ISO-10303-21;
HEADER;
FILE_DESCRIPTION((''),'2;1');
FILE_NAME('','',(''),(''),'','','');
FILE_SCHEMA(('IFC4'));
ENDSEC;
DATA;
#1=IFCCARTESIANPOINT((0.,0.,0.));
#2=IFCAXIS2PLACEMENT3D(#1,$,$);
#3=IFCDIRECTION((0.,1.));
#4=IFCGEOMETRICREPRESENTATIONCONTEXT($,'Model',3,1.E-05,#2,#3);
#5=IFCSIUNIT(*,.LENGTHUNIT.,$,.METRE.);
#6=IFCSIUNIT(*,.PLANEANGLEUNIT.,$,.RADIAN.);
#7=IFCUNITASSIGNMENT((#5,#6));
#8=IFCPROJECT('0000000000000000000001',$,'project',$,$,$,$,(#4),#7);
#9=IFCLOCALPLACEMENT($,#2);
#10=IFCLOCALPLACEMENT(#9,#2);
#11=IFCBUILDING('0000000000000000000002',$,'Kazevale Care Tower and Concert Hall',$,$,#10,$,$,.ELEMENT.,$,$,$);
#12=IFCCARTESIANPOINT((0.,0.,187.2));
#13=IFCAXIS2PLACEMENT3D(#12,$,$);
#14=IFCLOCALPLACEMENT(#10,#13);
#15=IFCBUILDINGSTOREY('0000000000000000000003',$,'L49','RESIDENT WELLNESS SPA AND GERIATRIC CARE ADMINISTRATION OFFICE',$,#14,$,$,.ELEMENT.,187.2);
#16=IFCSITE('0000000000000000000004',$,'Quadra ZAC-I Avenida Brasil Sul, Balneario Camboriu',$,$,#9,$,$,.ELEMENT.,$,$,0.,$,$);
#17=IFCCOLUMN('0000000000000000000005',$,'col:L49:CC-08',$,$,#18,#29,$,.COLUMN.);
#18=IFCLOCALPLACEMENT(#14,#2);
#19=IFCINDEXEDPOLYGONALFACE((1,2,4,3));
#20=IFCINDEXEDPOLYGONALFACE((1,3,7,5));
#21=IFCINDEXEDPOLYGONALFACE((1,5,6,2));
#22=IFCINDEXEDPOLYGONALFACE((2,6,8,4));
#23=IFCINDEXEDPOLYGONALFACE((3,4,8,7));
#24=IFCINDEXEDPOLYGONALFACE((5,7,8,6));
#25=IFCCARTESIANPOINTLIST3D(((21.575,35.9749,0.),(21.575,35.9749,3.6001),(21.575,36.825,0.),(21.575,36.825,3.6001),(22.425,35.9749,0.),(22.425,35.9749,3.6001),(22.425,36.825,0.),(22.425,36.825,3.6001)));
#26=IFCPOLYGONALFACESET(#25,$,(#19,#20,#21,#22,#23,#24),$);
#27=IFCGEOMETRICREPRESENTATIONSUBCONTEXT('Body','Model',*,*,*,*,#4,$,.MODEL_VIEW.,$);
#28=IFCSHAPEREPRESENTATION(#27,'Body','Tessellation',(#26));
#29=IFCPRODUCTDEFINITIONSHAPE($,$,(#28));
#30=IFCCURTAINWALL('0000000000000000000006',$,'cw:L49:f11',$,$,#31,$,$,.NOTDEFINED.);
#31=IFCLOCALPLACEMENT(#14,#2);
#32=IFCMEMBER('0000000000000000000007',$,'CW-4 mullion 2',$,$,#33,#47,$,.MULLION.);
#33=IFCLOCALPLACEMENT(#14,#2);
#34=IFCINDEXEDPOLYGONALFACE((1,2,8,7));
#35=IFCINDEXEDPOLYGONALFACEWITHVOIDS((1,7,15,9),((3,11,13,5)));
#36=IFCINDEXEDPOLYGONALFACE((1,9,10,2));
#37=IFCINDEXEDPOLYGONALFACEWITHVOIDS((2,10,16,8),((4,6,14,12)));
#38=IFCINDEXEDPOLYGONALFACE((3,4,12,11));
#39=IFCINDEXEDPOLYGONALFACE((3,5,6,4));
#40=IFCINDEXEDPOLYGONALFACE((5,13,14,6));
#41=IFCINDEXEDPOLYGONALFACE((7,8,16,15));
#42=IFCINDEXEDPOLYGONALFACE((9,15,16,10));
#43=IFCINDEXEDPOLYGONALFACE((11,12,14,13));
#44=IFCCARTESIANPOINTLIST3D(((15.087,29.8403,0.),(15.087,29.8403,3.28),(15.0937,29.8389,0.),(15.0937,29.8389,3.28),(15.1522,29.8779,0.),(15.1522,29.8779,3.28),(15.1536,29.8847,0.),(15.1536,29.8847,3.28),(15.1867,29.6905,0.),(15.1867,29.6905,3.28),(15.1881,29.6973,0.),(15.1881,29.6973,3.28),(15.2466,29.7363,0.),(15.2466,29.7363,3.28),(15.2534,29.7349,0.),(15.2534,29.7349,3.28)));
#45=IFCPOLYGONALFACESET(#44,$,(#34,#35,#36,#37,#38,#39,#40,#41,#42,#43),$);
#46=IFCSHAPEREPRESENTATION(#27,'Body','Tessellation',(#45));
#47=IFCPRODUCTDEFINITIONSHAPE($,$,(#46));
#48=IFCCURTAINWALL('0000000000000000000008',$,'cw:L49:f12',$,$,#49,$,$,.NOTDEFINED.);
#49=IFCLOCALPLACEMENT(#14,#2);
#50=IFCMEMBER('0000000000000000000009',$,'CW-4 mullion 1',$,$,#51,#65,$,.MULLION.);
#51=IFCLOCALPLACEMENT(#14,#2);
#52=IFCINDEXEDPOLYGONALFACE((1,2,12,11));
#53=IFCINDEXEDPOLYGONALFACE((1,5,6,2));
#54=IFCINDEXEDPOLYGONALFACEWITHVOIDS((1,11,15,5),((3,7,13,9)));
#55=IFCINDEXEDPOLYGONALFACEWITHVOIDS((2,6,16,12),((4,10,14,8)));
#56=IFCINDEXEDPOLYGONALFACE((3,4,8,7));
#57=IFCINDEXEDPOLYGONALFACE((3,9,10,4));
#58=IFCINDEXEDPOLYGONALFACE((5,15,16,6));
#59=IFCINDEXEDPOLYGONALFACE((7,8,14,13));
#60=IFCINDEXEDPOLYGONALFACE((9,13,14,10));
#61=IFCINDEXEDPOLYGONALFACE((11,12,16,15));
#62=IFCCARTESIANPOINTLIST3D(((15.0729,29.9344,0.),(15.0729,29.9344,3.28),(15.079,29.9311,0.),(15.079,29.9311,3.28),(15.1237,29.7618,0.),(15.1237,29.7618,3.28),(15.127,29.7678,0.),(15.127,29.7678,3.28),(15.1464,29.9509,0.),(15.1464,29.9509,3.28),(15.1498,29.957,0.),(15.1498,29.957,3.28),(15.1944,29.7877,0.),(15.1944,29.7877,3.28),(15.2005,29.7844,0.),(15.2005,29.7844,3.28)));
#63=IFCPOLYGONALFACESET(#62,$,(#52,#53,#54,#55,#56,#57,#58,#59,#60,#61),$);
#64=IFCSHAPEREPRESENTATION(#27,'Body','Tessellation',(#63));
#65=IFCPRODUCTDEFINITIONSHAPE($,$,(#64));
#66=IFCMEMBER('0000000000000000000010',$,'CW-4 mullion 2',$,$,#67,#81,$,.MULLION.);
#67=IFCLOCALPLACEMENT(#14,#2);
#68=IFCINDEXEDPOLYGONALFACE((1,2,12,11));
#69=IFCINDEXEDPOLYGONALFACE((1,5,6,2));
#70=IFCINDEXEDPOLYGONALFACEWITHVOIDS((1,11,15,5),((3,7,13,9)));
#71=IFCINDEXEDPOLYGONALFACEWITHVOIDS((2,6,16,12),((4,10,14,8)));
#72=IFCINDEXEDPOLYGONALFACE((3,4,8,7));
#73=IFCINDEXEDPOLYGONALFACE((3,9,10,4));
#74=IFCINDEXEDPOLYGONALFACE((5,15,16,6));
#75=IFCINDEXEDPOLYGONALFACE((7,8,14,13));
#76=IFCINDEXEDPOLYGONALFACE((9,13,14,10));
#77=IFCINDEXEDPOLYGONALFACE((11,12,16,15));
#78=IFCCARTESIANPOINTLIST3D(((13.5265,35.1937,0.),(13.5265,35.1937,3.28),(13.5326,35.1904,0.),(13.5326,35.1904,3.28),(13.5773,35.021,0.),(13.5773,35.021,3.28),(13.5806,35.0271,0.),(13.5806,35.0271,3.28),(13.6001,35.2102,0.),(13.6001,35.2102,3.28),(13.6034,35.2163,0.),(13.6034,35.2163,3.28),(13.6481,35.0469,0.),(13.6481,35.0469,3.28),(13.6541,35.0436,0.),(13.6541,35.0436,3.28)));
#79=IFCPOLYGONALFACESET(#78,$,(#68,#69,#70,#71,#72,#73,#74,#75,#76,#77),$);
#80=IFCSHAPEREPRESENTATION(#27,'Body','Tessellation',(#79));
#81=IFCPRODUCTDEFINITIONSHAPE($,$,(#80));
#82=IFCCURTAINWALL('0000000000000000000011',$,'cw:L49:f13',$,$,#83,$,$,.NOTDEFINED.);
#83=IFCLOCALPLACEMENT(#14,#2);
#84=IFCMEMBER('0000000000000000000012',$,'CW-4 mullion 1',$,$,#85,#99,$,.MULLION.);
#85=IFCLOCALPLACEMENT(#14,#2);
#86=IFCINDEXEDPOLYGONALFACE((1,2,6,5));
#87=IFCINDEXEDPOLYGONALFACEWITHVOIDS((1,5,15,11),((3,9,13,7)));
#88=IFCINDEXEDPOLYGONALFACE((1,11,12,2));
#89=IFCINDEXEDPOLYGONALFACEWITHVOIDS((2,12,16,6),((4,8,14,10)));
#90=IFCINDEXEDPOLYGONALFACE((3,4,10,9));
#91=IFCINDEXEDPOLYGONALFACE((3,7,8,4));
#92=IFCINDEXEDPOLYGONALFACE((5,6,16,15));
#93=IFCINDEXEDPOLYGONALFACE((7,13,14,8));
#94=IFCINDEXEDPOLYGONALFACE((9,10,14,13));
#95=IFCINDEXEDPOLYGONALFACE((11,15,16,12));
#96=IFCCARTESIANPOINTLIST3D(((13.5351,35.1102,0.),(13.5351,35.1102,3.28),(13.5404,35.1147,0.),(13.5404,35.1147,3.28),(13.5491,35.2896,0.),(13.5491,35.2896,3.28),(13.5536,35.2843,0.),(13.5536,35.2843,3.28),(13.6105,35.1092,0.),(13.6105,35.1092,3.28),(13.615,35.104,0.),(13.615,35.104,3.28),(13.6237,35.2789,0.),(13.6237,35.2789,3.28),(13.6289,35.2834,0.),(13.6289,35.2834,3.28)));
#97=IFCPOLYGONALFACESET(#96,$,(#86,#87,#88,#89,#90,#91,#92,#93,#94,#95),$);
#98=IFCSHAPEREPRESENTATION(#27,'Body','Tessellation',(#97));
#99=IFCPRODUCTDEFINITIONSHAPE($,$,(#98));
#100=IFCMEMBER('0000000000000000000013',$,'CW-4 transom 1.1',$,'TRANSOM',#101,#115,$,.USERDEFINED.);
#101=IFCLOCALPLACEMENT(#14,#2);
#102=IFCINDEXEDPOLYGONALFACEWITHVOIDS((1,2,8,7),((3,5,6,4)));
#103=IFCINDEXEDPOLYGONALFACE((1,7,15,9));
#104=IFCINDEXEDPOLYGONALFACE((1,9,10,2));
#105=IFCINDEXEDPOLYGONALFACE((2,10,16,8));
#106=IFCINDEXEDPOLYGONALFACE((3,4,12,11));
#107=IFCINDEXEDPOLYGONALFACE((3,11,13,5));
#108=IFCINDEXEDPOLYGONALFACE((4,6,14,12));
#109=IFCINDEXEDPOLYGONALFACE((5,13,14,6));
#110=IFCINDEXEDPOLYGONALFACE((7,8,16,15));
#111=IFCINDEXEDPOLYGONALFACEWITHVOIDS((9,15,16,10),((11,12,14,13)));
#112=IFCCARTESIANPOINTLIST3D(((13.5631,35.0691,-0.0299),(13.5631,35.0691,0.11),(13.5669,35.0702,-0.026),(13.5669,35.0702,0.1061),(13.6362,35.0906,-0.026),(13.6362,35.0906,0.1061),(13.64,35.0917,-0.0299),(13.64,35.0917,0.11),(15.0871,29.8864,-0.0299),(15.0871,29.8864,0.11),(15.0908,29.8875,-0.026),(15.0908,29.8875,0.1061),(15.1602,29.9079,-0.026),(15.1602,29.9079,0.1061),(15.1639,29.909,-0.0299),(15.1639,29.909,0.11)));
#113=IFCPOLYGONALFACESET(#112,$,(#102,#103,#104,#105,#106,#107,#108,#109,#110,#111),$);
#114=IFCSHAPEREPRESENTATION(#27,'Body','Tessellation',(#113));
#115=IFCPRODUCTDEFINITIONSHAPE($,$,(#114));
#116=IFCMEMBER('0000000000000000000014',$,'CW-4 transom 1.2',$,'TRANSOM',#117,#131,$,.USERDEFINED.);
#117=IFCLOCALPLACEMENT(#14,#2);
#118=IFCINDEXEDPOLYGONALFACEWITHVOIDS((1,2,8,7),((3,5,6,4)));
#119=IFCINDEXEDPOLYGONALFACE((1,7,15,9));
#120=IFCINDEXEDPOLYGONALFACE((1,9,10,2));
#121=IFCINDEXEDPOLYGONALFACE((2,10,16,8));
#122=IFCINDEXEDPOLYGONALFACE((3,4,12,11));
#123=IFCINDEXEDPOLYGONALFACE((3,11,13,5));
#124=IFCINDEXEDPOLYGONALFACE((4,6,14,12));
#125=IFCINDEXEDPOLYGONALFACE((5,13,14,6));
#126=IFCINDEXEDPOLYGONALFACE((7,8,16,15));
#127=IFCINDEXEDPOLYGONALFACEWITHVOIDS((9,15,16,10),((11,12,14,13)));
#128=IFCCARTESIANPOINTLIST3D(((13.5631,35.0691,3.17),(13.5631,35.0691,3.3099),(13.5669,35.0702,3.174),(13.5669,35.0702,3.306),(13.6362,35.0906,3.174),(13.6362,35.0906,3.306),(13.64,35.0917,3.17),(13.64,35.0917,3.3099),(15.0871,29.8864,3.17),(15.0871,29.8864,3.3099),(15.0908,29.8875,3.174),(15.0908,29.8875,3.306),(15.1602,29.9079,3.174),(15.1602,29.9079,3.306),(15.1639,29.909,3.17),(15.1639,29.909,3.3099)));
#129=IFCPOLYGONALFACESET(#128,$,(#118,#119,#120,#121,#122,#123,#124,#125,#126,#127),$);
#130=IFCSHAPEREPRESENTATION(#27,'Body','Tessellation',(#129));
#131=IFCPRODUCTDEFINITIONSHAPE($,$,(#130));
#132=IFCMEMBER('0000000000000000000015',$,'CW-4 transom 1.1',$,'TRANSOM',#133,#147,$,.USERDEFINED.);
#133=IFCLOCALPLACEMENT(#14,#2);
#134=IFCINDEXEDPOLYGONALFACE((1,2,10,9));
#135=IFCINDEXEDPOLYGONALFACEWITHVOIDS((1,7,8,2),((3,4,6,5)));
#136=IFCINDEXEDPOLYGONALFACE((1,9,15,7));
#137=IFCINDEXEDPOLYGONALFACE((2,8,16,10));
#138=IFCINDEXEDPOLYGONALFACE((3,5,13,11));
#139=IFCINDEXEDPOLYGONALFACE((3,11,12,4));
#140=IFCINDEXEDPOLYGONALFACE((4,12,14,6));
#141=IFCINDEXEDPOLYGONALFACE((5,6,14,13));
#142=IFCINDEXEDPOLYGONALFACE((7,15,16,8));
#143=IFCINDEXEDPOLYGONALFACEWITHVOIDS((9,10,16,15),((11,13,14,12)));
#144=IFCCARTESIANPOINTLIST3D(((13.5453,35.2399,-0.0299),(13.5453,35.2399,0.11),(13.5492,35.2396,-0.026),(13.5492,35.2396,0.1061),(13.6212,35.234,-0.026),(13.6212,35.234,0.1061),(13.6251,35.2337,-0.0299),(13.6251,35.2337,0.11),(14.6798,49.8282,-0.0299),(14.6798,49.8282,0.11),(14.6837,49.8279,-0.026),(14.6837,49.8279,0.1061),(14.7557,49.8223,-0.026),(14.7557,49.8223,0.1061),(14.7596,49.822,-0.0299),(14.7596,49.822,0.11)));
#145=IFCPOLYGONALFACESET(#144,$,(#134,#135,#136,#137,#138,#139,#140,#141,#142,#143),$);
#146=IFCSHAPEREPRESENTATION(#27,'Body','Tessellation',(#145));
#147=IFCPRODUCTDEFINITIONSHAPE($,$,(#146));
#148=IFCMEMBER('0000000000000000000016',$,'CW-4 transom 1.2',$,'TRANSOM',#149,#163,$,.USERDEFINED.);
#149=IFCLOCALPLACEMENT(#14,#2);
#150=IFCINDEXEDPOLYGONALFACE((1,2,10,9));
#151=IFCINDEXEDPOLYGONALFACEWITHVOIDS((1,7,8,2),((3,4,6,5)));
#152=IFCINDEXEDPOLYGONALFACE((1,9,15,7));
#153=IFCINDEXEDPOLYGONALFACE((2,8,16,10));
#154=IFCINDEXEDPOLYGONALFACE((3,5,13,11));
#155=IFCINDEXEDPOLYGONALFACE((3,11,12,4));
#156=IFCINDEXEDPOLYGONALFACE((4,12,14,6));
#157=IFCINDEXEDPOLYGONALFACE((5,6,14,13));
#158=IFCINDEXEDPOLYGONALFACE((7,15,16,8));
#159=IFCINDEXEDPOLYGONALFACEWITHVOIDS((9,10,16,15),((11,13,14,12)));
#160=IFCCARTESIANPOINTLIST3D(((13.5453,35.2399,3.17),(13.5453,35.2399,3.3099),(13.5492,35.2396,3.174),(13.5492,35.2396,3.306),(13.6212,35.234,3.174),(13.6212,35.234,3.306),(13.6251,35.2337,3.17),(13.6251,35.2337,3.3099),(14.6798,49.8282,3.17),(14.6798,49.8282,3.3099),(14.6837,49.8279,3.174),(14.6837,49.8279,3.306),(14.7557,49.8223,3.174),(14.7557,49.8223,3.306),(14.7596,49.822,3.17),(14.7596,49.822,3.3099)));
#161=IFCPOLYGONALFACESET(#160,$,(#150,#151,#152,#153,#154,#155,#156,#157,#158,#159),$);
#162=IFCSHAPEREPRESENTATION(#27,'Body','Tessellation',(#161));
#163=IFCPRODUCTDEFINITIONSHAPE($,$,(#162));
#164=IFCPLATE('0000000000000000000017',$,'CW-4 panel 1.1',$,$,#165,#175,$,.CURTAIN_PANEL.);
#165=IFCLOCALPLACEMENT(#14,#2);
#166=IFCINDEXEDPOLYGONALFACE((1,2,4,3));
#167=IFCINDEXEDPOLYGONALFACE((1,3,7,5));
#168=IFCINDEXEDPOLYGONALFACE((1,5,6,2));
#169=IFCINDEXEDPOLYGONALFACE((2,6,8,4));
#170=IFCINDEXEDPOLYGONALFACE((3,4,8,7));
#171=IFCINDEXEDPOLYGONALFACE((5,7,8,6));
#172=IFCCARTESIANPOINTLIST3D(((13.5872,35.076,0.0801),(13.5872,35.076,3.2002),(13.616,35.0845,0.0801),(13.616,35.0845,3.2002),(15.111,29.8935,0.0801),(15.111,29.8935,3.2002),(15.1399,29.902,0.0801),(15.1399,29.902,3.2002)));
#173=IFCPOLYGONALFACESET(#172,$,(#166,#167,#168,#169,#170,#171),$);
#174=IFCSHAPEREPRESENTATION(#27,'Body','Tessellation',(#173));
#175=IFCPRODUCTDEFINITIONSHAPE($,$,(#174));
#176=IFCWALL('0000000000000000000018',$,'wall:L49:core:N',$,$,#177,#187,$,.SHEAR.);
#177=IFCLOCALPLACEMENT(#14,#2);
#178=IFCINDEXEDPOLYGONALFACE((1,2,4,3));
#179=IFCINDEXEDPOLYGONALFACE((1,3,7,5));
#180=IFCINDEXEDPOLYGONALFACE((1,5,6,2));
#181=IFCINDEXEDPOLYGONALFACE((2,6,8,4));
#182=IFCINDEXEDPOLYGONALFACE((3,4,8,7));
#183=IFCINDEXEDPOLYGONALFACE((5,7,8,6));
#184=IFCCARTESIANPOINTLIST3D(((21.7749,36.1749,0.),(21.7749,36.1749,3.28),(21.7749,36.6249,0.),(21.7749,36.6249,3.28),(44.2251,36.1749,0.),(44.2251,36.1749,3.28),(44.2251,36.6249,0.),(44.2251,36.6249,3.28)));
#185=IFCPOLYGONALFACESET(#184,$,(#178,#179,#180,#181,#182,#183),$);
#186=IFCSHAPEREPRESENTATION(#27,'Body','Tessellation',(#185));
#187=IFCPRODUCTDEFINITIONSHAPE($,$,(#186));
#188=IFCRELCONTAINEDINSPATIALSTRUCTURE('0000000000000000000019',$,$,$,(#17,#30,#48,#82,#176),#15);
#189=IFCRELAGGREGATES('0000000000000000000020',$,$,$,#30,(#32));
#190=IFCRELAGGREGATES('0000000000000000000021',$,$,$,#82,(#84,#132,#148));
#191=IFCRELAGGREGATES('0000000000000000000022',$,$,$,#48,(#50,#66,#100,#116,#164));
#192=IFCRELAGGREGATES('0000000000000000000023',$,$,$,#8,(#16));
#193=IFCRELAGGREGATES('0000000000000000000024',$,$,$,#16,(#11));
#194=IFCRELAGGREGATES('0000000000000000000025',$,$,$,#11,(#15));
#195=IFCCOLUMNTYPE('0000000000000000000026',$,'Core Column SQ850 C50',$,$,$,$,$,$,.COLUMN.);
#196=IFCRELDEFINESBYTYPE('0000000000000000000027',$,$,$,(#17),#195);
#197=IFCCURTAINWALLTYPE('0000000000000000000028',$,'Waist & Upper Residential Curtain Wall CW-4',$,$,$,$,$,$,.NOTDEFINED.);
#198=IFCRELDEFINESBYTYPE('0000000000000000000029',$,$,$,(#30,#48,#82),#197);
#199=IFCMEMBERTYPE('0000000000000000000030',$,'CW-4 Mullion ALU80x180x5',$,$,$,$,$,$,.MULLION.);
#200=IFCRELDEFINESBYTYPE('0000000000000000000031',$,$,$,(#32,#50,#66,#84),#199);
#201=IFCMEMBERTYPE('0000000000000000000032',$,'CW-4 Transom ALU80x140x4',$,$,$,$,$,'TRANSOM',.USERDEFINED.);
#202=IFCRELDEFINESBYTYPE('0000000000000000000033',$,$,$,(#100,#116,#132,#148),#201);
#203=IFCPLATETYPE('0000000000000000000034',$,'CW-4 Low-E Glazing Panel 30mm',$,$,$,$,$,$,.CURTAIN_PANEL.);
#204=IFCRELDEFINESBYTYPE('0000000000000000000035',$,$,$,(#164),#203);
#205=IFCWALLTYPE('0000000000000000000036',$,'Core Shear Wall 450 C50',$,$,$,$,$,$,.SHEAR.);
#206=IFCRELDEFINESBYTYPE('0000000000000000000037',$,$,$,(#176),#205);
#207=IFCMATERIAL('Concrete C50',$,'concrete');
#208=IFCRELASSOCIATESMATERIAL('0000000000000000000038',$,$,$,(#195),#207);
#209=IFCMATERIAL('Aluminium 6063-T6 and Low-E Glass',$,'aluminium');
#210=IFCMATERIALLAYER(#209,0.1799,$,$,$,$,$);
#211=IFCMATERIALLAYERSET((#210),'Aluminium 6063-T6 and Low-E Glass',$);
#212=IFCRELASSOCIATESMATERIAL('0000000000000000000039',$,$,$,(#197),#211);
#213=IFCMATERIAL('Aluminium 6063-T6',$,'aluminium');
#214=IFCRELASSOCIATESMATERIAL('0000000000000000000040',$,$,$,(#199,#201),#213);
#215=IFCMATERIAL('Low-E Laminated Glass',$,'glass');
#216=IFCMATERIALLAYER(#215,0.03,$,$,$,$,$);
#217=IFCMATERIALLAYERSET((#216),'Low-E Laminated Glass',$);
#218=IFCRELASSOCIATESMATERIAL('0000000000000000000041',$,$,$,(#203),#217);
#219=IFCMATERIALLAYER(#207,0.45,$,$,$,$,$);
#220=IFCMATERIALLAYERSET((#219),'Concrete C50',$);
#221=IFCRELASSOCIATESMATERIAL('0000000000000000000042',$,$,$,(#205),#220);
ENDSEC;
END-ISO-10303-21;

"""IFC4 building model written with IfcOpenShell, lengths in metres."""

from ifc_helpers import new_model, si_unit, direction, frame, frame_2d, origin, origin_2d, place, context, subcontext, project, spatial, rectangle, hollow_rectangle, extrude, material, layer, layer_set, material_profile, profile_set, type_object, element, aggregate, save


model = new_model("IFC4")

# Units and contexts
model_context = context("Model", 3, precision=1e-05, world=origin(), true_north=direction((0.0, 1.0)))
body_context = subcontext(model_context, "Body", "Model", "MODEL_VIEW")
ifc_project = project(units=[si_unit("LENGTHUNIT", "METRE"), si_unit("PLANEANGLEUNIT", "RADIAN")], contexts=[model_context])

# Site, building, storey
site_placement = place(None, origin())
site = spatial("IfcSite", under=ifc_project, at=site_placement, Name="Quadra ZAC-I Avenida Brasil Sul, Balneario Camboriu", CompositionType="ELEMENT", RefElevation=0.0)
building_placement = place(site_placement, origin())
building = spatial("IfcBuilding", under=site, at=building_placement, Name="Kazevale Care Tower and Concert Hall", CompositionType="ELEMENT")
storey_placement = place(building_placement, frame((0.0, 0.0, 187.2)))
storey = spatial("IfcBuildingStorey", under=building, at=storey_placement, Name="L49", Description="RESIDENT WELLNESS SPA AND GERIATRIC CARE ADMINISTRATION OFFICE", CompositionType="ELEMENT", Elevation=187.2)

# Column
ifc_material_1 = material(Name="Concrete C50", Category="concrete")
ifc_material_profile_1 = material_profile(ifc_material_1, rectangle(XDim=0.8501, YDim=0.8501, at=origin_2d()), Name="RC-SQ850")
ifc_profile_set_1 = profile_set([ifc_material_profile_1], Name="Concrete C50")
column_type = type_object("IfcColumnType", Name="Core Column SQ850 C50", PredefinedType="COLUMN", material=ifc_profile_set_1)
column_placement = place(storey_placement, frame((22.0, 36.3999, 0.0), z_axis=(0.0, 0.0, 1.0), x_axis=(1.0, 0.0, 0.0)))
element("IfcColumn", 1, at=column_placement, inside=storey, type_object=column_type, Name="col:L49:CC-08", PredefinedType="COLUMN", context=body_context, shape_type="SweptSolid", body=[
    extrude(rectangle(XDim=0.8501, YDim=0.8501, at=origin_2d()), origin(), (0.0, 0.0, 1.0), 3.6001),
])

# Curtain wall, member
ifc_material_2 = material(Name="Aluminium 6063-T6 and Low-E Glass", Category="aluminium")
ifc_layer_1 = layer(ifc_material_2, 0.1799)
ifc_layer_set_1 = layer_set([ifc_layer_1], Name="Aluminium 6063-T6 and Low-E Glass")
curtain_wall_type = type_object("IfcCurtainWallType", Name="Waist & Upper Residential Curtain Wall CW-4", PredefinedType="NOTDEFINED", material=ifc_layer_set_1)
curtain_wall_1_placement = place(storey_placement, origin())
curtain_wall_1 = element("IfcCurtainWall", 2, at=curtain_wall_1_placement, inside=storey, type_object=curtain_wall_type, Name="cw:L49:f11", PredefinedType="NOTDEFINED")
ifc_material_3 = material(Name="Aluminium 6063-T6", Category="aluminium")
ifc_material_profile_2 = material_profile(ifc_material_3, hollow_rectangle(XDim=0.0801, YDim=0.1799, WallThickness=0.0049, at=origin_2d()), Name="ALU80x180x5")
ifc_profile_set_2 = profile_set([ifc_material_profile_2], Name="Aluminium 6063-T6")
member_type_1 = type_object("IfcMemberType", Name="CW-4 Mullion ALU80x180x5", PredefinedType="MULLION", material=ifc_profile_set_2)
member_1_placement = place(storey_placement, frame((15.1702, 29.7876, 0.0), z_axis=(0.0, 0.0, 1.0), x_axis=(-0.832106, -0.554617, 0.0)))
member_1 = element("IfcMember", 3, at=member_1_placement, type_object=member_type_1, Name="CW-4 mullion 2", PredefinedType="MULLION", context=body_context, shape_type="SweptSolid", body=[
    extrude(hollow_rectangle(XDim=0.0801, YDim=0.1799, WallThickness=0.0049, at=origin_2d()), origin(), (0.0, 0.0, 1.0), 3.28),
])
aggregate(curtain_wall_1, [member_1])

# Curtain wall, members
curtain_wall_2_placement = place(storey_placement, origin())
curtain_wall_2 = element("IfcCurtainWall", 4, at=curtain_wall_2_placement, inside=storey, type_object=curtain_wall_type, Name="cw:L49:f12", PredefinedType="NOTDEFINED")
member_2_placement = place(storey_placement, frame((15.1367, 29.8594, 0.0), z_axis=(0.0, 0.0, 1.0), x_axis=(-0.959386, -0.282098, 0.0)))
member_2 = element("IfcMember", 5, at=member_2_placement, type_object=member_type_1, Name="CW-4 mullion 1", PredefinedType="MULLION", context=body_context, shape_type="SweptSolid", body=[
    extrude(hollow_rectangle(XDim=0.0801, YDim=0.1799, WallThickness=0.0049, at=origin_2d()), origin(), (0.0, 0.0, 1.0), 3.28),
])
member_3_placement = place(storey_placement, frame((13.5903, 35.1187, 0.0), z_axis=(0.0, 0.0, 1.0), x_axis=(-0.959386, -0.282098, 0.0)))
member_3 = element("IfcMember", 6, at=member_3_placement, type_object=member_type_1, Name="CW-4 mullion 2", PredefinedType="MULLION", context=body_context, shape_type="SweptSolid", body=[
    extrude(hollow_rectangle(XDim=0.0801, YDim=0.1799, WallThickness=0.0049, at=origin_2d()), origin(), (0.0, 0.0, 1.0), 3.28),
])

# Curtain wall, member
curtain_wall_3_placement = place(storey_placement, origin())
curtain_wall_3 = element("IfcCurtainWall", 7, at=curtain_wall_3_placement, inside=storey, type_object=curtain_wall_type, Name="cw:L49:f13", PredefinedType="NOTDEFINED")
member_4_placement = place(storey_placement, frame((13.582, 35.1968, 0.0), z_axis=(0.0, 0.0, 1.0), x_axis=(-0.996989, 0.077539, 0.0)))
member_4 = element("IfcMember", 8, at=member_4_placement, type_object=member_type_1, Name="CW-4 mullion 1", PredefinedType="MULLION", context=body_context, shape_type="SweptSolid", body=[
    extrude(hollow_rectangle(XDim=0.0801, YDim=0.1799, WallThickness=0.0049, at=origin_2d()), origin(), (0.0, 0.0, 1.0), 3.28),
])

# Members
ifc_material_profile_3 = material_profile(ifc_material_3, hollow_rectangle(XDim=0.0801, YDim=0.1399, WallThickness=0.0039, at=origin_2d()), Name="ALU80x140x4")
ifc_profile_set_3 = profile_set([ifc_material_profile_3], Name="Aluminium 6063-T6")
member_type_2 = type_object("IfcMemberType", Name="CW-4 Transom ALU80x140x4", ElementType="TRANSOM", PredefinedType="USERDEFINED", material=ifc_profile_set_3)
member_5_placement = place(storey_placement, frame((15.1255, 29.8977, 0.04), z_axis=(-0.282103, 0.959384, 0.0), x_axis=(-0.959384, -0.282103, 0.0)))
member_5 = element("IfcMember", 9, at=member_5_placement, type_object=member_type_2, Name="CW-4 transom 1.1", ObjectType="TRANSOM", PredefinedType="USERDEFINED", context=body_context, shape_type="SweptSolid", body=[
    extrude(hollow_rectangle(XDim=0.0801, YDim=0.1399, WallThickness=0.0039, at=origin_2d()), origin(), (0.0, 0.0, 1.0), 5.4021),
])
member_6_placement = place(storey_placement, frame((15.1255, 29.8977, 3.24), z_axis=(-0.282103, 0.959384, 0.0), x_axis=(-0.959384, -0.282103, 0.0)))
member_6 = element("IfcMember", 10, at=member_6_placement, type_object=member_type_2, Name="CW-4 transom 1.2", ObjectType="TRANSOM", PredefinedType="USERDEFINED", context=body_context, shape_type="SweptSolid", body=[
    extrude(hollow_rectangle(XDim=0.0801, YDim=0.1399, WallThickness=0.0039, at=origin_2d()), origin(), (0.0, 0.0, 1.0), 5.4021),
])
member_7_placement = place(storey_placement, frame((13.5852, 35.2368, 0.04), z_axis=(0.077535, 0.99699, 0.0), x_axis=(-0.99699, 0.077535, 0.0)))
member_7 = element("IfcMember", 11, at=member_7_placement, type_object=member_type_2, Name="CW-4 transom 1.1", ObjectType="TRANSOM", PredefinedType="USERDEFINED", context=body_context, shape_type="SweptSolid", body=[
    extrude(hollow_rectangle(XDim=0.0801, YDim=0.1399, WallThickness=0.0039, at=origin_2d()), origin(), (0.0, 0.0, 1.0), 14.6323),
])
member_8_placement = place(storey_placement, frame((13.5852, 35.2368, 3.24), z_axis=(0.077535, 0.99699, 0.0), x_axis=(-0.99699, 0.077535, 0.0)))
member_8 = element("IfcMember", 12, at=member_8_placement, type_object=member_type_2, Name="CW-4 transom 1.2", ObjectType="TRANSOM", PredefinedType="USERDEFINED", context=body_context, shape_type="SweptSolid", body=[
    extrude(hollow_rectangle(XDim=0.0801, YDim=0.1399, WallThickness=0.0039, at=origin_2d()), origin(), (0.0, 0.0, 1.0), 14.6323),
])
aggregate(curtain_wall_3, [member_4, member_7, member_8])

# Plate
ifc_material_4 = material(Name="Low-E Laminated Glass", Category="glass")
ifc_layer_2 = layer(ifc_material_4, 0.03)
ifc_layer_set_2 = layer_set([ifc_layer_2], Name="Low-E Laminated Glass")
plate_type = type_object("IfcPlateType", Name="CW-4 Low-E Glazing Panel 30mm", PredefinedType="CURTAIN_PANEL", material=ifc_layer_set_2)
plate_placement = place(storey_placement, frame((14.3635, 32.489, 0.0801), z_axis=(0.0, 0.0, 1.0), x_axis=(-0.282098, 0.959386, 0.0)))
plate = element("IfcPlate", 13, at=plate_placement, type_object=plate_type, Name="CW-4 panel 1.1", PredefinedType="CURTAIN_PANEL", context=body_context, shape_type="SweptSolid", body=[
    extrude(rectangle(XDim=5.4019, YDim=0.03, at=origin_2d()), origin(), (0.0, 0.0, 1.0), 3.1201),
])
aggregate(curtain_wall_2, [member_2, member_3, member_5, member_6, plate])

# Wall
ifc_layer_3 = layer(ifc_material_1, 0.45)
ifc_layer_set_3 = layer_set([ifc_layer_3], Name="Concrete C50")
wall_type_1 = type_object("IfcWallType", Name="Core Shear Wall 450 C50", PredefinedType="SHEAR", material=ifc_layer_set_3)
wall_1_placement = place(storey_placement, frame((21.7749, 36.3999, 0.0), z_axis=(0.0, 0.0, 1.0), x_axis=(1.0, 0.0, 0.0)))
element("IfcWall", 14, at=wall_1_placement, inside=storey, type_object=wall_type_1, Name="wall:L49:core:N", PredefinedType="SHEAR", context=body_context, shape_type="SweptSolid", body=[
    extrude(rectangle(XDim=22.4502, YDim=0.45, at=frame_2d((11.2251, 0.0))), origin(), (0.0, 0.0, 1.0), 3.28),
])

save(model, "model.ifc")
